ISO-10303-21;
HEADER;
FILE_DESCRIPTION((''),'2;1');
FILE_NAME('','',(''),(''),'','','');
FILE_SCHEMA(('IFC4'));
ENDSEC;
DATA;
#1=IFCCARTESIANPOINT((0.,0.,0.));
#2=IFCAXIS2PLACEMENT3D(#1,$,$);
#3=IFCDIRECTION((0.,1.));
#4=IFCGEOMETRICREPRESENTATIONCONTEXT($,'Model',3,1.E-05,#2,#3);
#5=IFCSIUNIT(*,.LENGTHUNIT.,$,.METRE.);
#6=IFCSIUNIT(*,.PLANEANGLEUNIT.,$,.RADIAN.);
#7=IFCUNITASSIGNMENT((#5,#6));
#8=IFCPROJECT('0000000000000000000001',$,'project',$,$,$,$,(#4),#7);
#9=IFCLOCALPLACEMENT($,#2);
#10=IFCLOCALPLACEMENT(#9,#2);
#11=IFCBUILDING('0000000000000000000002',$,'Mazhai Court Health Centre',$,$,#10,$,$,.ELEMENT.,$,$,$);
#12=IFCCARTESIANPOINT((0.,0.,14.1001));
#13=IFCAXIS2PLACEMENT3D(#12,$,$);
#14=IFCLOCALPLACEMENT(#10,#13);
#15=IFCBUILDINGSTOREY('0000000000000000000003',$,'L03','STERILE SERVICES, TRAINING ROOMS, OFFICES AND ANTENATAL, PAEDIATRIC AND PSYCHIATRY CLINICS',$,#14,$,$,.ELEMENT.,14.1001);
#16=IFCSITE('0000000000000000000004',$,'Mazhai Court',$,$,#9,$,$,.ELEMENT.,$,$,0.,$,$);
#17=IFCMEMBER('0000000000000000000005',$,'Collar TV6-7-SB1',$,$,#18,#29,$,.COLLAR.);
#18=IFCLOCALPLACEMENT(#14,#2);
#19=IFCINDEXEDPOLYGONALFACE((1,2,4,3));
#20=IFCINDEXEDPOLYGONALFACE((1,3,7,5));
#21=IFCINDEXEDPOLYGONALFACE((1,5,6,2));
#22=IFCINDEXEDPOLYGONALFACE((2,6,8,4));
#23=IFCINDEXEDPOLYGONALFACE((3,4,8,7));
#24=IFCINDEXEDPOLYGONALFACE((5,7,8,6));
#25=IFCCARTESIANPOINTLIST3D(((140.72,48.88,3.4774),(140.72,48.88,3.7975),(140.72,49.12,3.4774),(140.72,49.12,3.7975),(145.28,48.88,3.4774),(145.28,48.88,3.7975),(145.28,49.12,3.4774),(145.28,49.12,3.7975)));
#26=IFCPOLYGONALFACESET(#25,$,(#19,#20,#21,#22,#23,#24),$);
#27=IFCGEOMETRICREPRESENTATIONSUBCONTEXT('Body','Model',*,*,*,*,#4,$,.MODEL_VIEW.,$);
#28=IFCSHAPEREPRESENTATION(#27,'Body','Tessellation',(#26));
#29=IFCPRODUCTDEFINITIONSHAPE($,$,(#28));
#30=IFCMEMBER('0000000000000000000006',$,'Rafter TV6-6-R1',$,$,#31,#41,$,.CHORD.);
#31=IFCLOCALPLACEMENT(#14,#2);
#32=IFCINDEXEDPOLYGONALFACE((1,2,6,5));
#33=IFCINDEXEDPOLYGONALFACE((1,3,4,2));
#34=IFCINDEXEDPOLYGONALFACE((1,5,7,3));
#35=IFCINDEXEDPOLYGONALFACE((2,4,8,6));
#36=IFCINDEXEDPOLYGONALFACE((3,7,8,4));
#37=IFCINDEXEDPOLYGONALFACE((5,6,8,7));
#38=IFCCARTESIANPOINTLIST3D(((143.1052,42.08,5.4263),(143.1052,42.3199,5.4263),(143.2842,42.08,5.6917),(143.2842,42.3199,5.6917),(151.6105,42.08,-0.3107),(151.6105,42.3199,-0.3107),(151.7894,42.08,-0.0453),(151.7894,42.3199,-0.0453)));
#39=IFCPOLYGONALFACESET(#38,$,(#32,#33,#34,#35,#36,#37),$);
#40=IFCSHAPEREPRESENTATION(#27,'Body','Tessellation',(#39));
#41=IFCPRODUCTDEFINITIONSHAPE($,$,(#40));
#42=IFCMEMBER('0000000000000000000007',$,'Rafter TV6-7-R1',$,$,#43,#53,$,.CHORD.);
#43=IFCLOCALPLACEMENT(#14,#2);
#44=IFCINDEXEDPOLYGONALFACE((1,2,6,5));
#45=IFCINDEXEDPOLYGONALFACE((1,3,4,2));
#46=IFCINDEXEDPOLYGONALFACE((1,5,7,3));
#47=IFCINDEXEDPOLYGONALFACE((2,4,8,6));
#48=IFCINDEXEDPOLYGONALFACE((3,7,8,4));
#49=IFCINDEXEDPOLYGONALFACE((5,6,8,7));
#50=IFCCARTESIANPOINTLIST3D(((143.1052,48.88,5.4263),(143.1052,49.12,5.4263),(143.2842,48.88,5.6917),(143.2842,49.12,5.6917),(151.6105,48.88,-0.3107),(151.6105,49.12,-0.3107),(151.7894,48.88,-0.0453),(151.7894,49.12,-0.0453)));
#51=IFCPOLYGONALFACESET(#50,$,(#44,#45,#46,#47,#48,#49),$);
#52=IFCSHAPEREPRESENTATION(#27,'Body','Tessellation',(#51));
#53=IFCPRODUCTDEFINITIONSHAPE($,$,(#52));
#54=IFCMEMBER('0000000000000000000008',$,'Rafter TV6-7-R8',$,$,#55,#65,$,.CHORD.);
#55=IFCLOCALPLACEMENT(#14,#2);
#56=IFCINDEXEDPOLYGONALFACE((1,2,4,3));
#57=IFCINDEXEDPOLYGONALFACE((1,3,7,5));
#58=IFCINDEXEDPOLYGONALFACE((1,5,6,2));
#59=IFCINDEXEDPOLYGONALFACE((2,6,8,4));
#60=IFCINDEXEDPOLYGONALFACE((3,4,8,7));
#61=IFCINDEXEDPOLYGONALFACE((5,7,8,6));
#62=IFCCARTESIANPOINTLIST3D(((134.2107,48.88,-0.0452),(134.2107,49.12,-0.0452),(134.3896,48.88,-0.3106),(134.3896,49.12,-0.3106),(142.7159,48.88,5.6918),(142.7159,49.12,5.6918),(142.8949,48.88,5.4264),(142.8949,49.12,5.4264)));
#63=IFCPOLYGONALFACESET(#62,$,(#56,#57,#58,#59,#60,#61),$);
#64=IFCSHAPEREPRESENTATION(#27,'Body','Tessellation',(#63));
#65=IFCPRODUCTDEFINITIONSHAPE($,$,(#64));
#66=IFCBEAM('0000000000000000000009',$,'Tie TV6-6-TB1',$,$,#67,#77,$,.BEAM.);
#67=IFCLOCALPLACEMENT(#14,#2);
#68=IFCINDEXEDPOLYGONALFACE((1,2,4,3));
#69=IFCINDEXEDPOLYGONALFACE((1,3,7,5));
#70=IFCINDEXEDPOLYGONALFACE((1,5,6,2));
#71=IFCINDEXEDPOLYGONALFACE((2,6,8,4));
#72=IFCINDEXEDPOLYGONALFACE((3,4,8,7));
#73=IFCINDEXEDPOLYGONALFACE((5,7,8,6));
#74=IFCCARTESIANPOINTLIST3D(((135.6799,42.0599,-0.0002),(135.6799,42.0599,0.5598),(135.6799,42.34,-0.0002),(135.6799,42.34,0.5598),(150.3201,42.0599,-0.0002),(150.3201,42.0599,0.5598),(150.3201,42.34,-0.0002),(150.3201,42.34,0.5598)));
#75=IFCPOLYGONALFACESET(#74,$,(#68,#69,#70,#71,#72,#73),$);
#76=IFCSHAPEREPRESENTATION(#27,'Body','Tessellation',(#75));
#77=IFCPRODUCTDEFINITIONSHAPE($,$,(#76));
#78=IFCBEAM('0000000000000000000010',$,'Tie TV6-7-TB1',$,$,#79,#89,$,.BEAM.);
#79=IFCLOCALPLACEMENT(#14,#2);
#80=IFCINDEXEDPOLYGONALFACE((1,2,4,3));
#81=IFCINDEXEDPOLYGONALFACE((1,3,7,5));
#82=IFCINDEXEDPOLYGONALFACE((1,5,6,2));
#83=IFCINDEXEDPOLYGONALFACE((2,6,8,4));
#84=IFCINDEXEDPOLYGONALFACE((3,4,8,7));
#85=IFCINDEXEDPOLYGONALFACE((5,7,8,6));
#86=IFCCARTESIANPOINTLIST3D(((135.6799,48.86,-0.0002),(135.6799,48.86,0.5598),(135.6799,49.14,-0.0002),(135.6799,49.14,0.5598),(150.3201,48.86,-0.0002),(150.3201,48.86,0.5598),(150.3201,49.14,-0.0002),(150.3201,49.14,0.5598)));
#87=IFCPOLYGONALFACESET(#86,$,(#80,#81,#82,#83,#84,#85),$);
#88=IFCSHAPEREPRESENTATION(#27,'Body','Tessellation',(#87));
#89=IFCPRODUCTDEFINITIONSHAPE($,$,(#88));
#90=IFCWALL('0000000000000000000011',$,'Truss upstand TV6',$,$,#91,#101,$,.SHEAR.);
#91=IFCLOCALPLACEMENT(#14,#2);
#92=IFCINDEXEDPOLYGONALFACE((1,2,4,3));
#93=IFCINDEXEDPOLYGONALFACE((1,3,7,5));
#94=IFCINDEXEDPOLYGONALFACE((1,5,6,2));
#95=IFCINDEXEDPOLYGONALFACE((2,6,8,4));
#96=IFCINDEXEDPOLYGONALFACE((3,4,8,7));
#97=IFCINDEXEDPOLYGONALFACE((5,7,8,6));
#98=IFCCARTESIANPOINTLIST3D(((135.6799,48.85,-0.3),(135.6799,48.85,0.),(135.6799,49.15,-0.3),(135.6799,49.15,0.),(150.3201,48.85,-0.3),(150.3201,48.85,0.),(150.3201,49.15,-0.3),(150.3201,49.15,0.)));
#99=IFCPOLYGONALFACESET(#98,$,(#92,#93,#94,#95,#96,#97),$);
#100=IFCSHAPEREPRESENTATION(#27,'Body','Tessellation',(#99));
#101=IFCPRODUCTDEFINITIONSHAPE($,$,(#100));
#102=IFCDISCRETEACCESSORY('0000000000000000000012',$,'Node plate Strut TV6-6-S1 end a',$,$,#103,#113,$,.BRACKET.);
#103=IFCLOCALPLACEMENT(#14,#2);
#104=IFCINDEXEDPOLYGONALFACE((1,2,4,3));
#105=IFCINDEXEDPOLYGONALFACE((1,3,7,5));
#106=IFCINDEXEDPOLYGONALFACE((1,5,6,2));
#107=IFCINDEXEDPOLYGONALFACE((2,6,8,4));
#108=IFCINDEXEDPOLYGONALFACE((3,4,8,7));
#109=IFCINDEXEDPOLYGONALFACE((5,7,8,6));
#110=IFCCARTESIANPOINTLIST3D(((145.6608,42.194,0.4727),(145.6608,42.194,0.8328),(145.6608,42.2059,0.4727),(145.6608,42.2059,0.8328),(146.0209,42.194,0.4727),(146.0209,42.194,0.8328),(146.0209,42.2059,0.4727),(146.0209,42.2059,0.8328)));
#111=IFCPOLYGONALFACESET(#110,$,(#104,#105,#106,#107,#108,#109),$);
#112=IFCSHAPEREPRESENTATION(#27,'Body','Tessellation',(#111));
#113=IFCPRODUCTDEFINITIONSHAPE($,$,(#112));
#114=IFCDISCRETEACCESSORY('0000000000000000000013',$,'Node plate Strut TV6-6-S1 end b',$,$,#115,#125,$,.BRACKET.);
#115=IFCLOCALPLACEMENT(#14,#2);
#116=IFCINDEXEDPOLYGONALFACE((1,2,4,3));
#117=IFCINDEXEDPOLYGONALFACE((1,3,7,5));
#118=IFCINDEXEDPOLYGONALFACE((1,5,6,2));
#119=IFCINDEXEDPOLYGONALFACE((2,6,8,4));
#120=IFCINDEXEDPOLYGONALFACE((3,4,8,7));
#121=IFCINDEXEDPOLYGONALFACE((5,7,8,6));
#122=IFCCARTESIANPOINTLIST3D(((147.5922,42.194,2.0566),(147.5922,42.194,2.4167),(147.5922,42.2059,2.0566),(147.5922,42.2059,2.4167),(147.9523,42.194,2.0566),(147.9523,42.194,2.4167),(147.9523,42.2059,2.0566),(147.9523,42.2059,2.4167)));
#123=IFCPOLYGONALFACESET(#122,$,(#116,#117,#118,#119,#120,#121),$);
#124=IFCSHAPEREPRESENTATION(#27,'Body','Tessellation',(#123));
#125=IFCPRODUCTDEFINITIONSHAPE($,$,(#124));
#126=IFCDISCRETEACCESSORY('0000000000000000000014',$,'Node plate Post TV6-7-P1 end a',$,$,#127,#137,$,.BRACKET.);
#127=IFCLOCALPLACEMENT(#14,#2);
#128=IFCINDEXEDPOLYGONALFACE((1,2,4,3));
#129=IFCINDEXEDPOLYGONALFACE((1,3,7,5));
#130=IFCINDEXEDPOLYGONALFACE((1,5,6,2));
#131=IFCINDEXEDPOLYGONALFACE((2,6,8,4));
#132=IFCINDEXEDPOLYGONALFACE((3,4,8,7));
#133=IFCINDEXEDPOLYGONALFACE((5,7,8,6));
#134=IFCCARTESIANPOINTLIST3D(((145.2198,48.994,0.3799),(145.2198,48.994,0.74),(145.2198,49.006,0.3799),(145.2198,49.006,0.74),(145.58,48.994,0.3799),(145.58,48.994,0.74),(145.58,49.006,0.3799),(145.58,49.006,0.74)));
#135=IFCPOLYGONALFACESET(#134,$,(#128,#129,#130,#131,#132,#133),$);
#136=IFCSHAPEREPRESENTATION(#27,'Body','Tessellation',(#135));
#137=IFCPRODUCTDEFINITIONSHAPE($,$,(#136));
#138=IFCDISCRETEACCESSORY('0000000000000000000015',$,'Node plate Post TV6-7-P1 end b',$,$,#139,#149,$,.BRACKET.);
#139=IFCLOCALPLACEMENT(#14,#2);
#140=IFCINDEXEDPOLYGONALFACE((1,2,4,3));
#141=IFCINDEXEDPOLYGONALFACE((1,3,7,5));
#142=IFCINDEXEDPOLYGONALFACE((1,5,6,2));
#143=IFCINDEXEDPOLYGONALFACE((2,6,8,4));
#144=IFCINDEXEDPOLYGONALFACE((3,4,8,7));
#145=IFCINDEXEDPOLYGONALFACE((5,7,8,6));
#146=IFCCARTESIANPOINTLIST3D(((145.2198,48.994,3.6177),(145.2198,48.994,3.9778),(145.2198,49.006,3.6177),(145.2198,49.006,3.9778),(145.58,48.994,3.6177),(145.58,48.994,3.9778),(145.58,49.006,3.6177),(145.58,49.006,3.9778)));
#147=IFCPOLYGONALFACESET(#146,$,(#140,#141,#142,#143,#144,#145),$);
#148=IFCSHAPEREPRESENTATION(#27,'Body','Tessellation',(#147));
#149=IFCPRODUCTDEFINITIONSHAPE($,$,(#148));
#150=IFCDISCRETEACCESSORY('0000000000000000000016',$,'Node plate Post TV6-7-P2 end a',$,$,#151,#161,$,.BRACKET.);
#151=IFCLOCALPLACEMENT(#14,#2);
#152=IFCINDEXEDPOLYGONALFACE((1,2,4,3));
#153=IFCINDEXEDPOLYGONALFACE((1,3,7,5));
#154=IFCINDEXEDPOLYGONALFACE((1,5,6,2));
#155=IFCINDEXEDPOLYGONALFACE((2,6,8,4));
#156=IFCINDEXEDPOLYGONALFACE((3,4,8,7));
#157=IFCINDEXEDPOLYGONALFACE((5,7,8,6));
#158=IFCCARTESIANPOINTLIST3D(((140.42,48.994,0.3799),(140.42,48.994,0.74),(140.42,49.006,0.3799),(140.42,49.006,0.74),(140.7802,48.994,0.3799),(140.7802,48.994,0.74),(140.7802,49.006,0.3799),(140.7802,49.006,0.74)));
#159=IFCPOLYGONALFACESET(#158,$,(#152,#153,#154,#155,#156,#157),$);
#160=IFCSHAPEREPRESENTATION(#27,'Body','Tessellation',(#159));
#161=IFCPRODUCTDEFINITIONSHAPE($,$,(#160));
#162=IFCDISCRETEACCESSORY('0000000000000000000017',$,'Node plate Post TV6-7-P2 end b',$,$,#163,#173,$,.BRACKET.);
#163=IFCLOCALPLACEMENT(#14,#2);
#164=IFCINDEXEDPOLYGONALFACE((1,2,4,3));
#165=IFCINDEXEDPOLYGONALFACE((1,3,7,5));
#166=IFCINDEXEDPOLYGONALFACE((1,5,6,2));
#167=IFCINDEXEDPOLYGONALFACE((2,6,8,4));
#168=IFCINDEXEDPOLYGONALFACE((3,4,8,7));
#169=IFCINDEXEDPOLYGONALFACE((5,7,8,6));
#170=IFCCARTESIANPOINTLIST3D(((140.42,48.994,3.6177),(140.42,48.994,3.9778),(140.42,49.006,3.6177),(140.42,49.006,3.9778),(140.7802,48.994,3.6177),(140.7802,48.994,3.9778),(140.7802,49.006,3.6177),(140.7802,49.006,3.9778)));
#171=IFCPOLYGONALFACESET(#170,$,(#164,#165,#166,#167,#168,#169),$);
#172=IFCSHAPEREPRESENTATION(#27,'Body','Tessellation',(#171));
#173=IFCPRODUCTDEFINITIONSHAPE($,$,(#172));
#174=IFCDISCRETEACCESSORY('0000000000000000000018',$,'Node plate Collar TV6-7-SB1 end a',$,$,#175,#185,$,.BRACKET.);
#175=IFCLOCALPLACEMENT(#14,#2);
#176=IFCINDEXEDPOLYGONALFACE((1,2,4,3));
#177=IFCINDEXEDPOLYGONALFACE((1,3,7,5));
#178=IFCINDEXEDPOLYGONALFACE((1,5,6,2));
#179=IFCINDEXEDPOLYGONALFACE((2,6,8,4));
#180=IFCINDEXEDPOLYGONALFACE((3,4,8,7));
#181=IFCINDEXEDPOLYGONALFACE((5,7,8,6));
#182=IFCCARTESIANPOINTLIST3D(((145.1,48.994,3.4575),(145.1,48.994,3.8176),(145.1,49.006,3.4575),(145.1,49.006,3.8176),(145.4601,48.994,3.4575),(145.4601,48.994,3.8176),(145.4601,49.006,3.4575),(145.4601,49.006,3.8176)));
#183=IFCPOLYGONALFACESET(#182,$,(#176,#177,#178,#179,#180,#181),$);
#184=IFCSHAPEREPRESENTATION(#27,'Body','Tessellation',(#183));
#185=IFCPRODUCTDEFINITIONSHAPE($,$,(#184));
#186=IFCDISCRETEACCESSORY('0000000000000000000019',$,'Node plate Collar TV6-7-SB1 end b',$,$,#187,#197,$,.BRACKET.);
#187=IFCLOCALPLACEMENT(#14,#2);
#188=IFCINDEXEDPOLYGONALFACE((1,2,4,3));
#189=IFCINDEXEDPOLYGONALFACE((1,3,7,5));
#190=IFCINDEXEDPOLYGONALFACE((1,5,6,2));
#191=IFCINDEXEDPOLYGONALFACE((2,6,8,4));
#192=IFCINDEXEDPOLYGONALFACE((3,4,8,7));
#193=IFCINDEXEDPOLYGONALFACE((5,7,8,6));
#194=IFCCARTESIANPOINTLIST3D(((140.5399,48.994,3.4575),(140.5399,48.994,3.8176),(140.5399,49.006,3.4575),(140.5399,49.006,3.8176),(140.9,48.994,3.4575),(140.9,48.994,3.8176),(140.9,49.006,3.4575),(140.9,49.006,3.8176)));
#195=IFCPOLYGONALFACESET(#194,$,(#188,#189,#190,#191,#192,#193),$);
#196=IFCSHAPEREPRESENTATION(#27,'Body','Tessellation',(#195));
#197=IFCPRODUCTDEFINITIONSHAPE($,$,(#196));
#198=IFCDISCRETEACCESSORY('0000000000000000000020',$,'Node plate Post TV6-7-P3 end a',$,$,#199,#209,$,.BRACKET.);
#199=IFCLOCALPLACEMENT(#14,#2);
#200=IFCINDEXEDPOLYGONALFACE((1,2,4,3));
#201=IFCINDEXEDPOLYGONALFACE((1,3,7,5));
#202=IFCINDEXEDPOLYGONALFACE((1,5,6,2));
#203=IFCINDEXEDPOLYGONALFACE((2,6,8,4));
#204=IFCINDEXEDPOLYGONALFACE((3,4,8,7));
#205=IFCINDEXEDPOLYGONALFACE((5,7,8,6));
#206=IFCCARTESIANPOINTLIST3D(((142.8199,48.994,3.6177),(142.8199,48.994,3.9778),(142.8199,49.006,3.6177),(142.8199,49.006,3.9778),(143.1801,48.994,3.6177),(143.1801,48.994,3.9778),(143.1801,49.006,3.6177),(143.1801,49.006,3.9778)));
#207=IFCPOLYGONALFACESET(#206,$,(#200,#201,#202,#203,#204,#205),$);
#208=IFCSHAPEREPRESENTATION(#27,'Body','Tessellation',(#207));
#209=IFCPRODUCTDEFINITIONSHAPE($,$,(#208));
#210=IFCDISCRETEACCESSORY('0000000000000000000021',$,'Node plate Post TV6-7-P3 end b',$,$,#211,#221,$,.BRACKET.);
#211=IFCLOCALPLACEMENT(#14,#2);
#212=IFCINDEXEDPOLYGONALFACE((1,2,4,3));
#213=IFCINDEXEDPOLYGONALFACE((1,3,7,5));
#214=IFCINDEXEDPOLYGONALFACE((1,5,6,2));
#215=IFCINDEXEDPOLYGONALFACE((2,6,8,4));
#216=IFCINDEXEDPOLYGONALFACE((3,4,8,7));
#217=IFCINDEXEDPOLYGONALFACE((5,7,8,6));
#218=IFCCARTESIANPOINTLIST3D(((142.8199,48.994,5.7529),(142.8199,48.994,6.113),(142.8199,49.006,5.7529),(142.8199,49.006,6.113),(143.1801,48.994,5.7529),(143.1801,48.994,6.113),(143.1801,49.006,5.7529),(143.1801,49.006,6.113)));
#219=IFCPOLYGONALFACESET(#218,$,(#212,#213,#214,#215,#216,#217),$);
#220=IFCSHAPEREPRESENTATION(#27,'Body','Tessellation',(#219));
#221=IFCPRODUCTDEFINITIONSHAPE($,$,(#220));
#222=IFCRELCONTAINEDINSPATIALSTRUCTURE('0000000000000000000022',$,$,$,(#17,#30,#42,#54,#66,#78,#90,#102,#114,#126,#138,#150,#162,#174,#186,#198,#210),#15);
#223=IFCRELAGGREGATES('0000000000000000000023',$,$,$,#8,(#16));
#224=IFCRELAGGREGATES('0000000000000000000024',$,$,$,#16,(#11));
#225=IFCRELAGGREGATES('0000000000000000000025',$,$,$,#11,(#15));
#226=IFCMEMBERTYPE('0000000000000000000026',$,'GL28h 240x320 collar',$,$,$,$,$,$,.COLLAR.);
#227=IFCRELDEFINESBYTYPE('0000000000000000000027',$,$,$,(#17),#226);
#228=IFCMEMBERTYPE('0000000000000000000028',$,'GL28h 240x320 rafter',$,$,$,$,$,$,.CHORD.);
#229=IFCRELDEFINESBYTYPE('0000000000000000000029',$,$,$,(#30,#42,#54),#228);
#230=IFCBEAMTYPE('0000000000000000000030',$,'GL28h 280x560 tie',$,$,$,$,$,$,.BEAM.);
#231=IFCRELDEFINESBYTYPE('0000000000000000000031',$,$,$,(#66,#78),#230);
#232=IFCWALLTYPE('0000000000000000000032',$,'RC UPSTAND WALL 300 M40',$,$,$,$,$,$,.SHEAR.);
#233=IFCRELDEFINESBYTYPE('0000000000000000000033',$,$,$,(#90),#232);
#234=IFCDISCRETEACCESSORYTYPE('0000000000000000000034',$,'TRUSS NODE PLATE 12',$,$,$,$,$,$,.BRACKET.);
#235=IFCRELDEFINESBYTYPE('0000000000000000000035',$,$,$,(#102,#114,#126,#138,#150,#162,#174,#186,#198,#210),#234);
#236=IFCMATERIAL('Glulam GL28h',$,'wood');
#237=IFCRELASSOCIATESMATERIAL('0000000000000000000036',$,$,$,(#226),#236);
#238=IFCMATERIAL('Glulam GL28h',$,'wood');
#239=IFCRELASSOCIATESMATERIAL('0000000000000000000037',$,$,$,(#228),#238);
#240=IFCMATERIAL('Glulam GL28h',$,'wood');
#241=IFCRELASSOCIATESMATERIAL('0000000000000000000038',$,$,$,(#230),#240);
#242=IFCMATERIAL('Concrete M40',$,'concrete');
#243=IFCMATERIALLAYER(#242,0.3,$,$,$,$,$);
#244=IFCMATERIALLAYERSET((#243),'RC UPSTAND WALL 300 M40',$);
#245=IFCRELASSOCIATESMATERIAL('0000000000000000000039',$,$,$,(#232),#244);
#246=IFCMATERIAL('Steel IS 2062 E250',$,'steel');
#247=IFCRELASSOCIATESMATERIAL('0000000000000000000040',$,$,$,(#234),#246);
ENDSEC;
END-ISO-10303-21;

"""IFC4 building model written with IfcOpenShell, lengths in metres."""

from ifc_helpers import new_model, si_unit, direction, frame, frame_2d, origin, origin_2d, place, context, subcontext, project, spatial, rectangle, extrude, material, layer, layer_set, material_profile, profile_set, type_object, element, save


model = new_model("IFC4")

# Units and contexts
model_context = context("Model", 3, precision=1e-05, world=origin(), true_north=direction((0.0, 1.0)))
body_context = subcontext(model_context, "Body", "Model", "MODEL_VIEW")
ifc_project = project(units=[si_unit("LENGTHUNIT", "METRE"), si_unit("PLANEANGLEUNIT", "RADIAN")], contexts=[model_context])

# Site, building, storey
site_placement = place(None, origin())
site = spatial("IfcSite", under=ifc_project, at=site_placement, Name="Mazhai Court", CompositionType="ELEMENT", RefElevation=0.0)
building_placement = place(site_placement, origin())
building = spatial("IfcBuilding", under=site, at=building_placement, Name="Mazhai Court Health Centre", CompositionType="ELEMENT")
storey_placement = place(building_placement, frame((0.0, 0.0, 14.1001)))
storey = spatial("IfcBuildingStorey", under=building, at=storey_placement, Name="L03", Description="STERILE SERVICES, TRAINING ROOMS, OFFICES AND ANTENATAL, PAEDIATRIC AND PSYCHIATRY CLINICS", CompositionType="ELEMENT", Elevation=14.1001)

# Members
ifc_material_1 = material(Name="Glulam GL28h", Category="wood")
ifc_material_profile_1 = material_profile(ifc_material_1, rectangle(XDim=0.24, YDim=0.3201, at=origin_2d()), Name="GL28h 240x320")
ifc_profile_set_1 = profile_set([ifc_material_profile_1], Name="Glulam GL28h")
member_type_1 = type_object("IfcMemberType", Name="GL28h 240x320 collar", PredefinedType="COLLAR", material=ifc_profile_set_1)
member_1_placement = place(storey_placement, frame((145.28, 49.0, 3.6375), z_axis=(-1.0, 0.0, 0.0), x_axis=(0.0, -1.0, 0.0)))
element("IfcMember", 1, at=member_1_placement, inside=storey, type_object=member_type_1, Name="Collar TV6-7-SB1", PredefinedType="COLLAR", context=body_context, shape_type="SweptSolid", body=[
    extrude(rectangle(XDim=0.24, YDim=0.3201, at=origin_2d()), origin(), (0.0, 0.0, 1.0), 4.5601),
])
ifc_material_2 = material(Name="Glulam GL28h", Category="wood")
ifc_material_profile_2 = material_profile(ifc_material_2, rectangle(XDim=0.24, YDim=0.3201, at=origin_2d()), Name="GL28h 240x320")
ifc_profile_set_2 = profile_set([ifc_material_profile_2], Name="Glulam GL28h")
member_type_2 = type_object("IfcMemberType", Name="GL28h 240x320 rafter", PredefinedType="CHORD", material=ifc_profile_set_2)
for number, where, z_axis, x_axis, name in (
    (2, (151.7, 42.2, -0.178), (-0.829032, 0.0, 0.559201), (0.0, -1.0, 0.0), "Rafter TV6-6-R1"),
    (3, (151.7, 49.0, -0.178), (-0.829032, 0.0, 0.559201), (0.0, -1.0, 0.0), "Rafter TV6-7-R1"),
    (4, (142.8054, 49.0, 5.5591), (-0.829032, 0.0, -0.559201), (0.0, -1.0, 0.0), "Rafter TV6-7-R8"),
):
    element("IfcMember", number, at=place(storey_placement, frame(where, z_axis=z_axis, x_axis=x_axis)), inside=storey, type_object=member_type_2, Name=name, PredefinedType="CHORD", context=body_context, shape_type="SweptSolid", body=[
        extrude(rectangle(XDim=0.24, YDim=0.3201, at=origin_2d()), origin(), (0.0, 0.0, 1.0), 10.2593),
    ])

# Beams
ifc_material_3 = material(Name="Glulam GL28h", Category="wood")
ifc_material_profile_3 = material_profile(ifc_material_3, rectangle(XDim=0.28, YDim=0.5601, at=origin_2d()), Name="GL28h 280x560")
ifc_profile_set_3 = profile_set([ifc_material_profile_3], Name="Glulam GL28h")
beam_type = type_object("IfcBeamType", Name="GL28h 280x560 tie", PredefinedType="BEAM", material=ifc_profile_set_3)
for number, where, z_axis, x_axis, name in (
    (5, (150.3201, 42.2, 0.2798), (-1.0, 0.0, 0.0), (0.0, -1.0, 0.0), "Tie TV6-6-TB1"),
    (6, (150.3201, 49.0, 0.2798), (-1.0, 0.0, 0.0), (0.0, -1.0, 0.0), "Tie TV6-7-TB1"),
):
    element("IfcBeam", number, at=place(storey_placement, frame(where, z_axis=z_axis, x_axis=x_axis)), inside=storey, type_object=beam_type, Name=name, PredefinedType="BEAM", context=body_context, shape_type="SweptSolid", body=[
        extrude(rectangle(XDim=0.28, YDim=0.5601, at=origin_2d()), origin(), (0.0, 0.0, 1.0), 14.6401),
    ])

# Wall
ifc_material_4 = material(Name="Concrete M40", Category="concrete")
ifc_layer = layer(ifc_material_4, 0.3)
ifc_layer_set = layer_set([ifc_layer], Name="RC UPSTAND WALL 300 M40")
wall_type = type_object("IfcWallType", Name="RC UPSTAND WALL 300 M40", PredefinedType="SHEAR", material=ifc_layer_set)
wall_placement = place(storey_placement, frame((150.3201, 49.0, -0.3), z_axis=(0.0, 0.0, 1.0), x_axis=(-1.0, 0.0, 0.0)))
element("IfcWall", 7, at=wall_placement, inside=storey, type_object=wall_type, Name="Truss upstand TV6", PredefinedType="SHEAR", context=body_context, shape_type="SweptSolid", body=[
    extrude(rectangle(XDim=14.6401, YDim=0.3, at=frame_2d((7.3201, 0.0))), origin(), (0.0, 0.0, 1.0), 0.3),
])

# Discrete accessories
ifc_material_5 = material(Name="Steel IS 2062 E250", Category="steel")
discrete_accessory_type = type_object("IfcDiscreteAccessoryType", Name="TRUSS NODE PLATE 12", PredefinedType="BRACKET", material=ifc_material_5)
for number, where, z_axis, x_axis, name in (
    (8, (145.8408, 42.2, 0.4727), (0.0, 0.0, 1.0), (1.0, 0.0, 0.0), "Node plate Strut TV6-6-S1 end a"),
    (9, (147.7722, 42.2, 2.0566), (0.0, 0.0, 1.0), (1.0, 0.0, 0.0), "Node plate Strut TV6-6-S1 end b"),
    (10, (145.3999, 49.0, 0.3799), (0.0, 0.0, 1.0), (1.0, 0.0, 0.0), "Node plate Post TV6-7-P1 end a"),
    (11, (145.3999, 49.0, 3.6177), (0.0, 0.0, 1.0), (1.0, 0.0, 0.0), "Node plate Post TV6-7-P1 end b"),
    (12, (140.6001, 49.0, 0.3799), (0.0, 0.0, 1.0), (1.0, 0.0, 0.0), "Node plate Post TV6-7-P2 end a"),
    (13, (140.6001, 49.0, 3.6177), (0.0, 0.0, 1.0), (1.0, 0.0, 0.0), "Node plate Post TV6-7-P2 end b"),
    (14, (145.28, 49.0, 3.4575), (0.0, 0.0, 1.0), (1.0, 0.0, 0.0), "Node plate Collar TV6-7-SB1 end a"),
    (15, (140.72, 49.0, 3.4575), (0.0, 0.0, 1.0), (1.0, 0.0, 0.0), "Node plate Collar TV6-7-SB1 end b"),
    (16, (143.0, 49.0, 3.6177), (0.0, 0.0, 1.0), (1.0, 0.0, 0.0), "Node plate Post TV6-7-P3 end a"),
    (17, (143.0, 49.0, 5.7529), (0.0, 0.0, 1.0), (1.0, 0.0, 0.0), "Node plate Post TV6-7-P3 end b"),
):
    element("IfcDiscreteAccessory", number, at=place(storey_placement, frame(where, z_axis=z_axis, x_axis=x_axis)), inside=storey, type_object=discrete_accessory_type, Name=name, PredefinedType="BRACKET", context=body_context, shape_type="SweptSolid", body=[
        extrude(rectangle(XDim=0.3601, YDim=0.012, at=origin_2d()), origin(), (0.0, 0.0, 1.0), 0.3601),
    ])

save(model, "model.ifc")
